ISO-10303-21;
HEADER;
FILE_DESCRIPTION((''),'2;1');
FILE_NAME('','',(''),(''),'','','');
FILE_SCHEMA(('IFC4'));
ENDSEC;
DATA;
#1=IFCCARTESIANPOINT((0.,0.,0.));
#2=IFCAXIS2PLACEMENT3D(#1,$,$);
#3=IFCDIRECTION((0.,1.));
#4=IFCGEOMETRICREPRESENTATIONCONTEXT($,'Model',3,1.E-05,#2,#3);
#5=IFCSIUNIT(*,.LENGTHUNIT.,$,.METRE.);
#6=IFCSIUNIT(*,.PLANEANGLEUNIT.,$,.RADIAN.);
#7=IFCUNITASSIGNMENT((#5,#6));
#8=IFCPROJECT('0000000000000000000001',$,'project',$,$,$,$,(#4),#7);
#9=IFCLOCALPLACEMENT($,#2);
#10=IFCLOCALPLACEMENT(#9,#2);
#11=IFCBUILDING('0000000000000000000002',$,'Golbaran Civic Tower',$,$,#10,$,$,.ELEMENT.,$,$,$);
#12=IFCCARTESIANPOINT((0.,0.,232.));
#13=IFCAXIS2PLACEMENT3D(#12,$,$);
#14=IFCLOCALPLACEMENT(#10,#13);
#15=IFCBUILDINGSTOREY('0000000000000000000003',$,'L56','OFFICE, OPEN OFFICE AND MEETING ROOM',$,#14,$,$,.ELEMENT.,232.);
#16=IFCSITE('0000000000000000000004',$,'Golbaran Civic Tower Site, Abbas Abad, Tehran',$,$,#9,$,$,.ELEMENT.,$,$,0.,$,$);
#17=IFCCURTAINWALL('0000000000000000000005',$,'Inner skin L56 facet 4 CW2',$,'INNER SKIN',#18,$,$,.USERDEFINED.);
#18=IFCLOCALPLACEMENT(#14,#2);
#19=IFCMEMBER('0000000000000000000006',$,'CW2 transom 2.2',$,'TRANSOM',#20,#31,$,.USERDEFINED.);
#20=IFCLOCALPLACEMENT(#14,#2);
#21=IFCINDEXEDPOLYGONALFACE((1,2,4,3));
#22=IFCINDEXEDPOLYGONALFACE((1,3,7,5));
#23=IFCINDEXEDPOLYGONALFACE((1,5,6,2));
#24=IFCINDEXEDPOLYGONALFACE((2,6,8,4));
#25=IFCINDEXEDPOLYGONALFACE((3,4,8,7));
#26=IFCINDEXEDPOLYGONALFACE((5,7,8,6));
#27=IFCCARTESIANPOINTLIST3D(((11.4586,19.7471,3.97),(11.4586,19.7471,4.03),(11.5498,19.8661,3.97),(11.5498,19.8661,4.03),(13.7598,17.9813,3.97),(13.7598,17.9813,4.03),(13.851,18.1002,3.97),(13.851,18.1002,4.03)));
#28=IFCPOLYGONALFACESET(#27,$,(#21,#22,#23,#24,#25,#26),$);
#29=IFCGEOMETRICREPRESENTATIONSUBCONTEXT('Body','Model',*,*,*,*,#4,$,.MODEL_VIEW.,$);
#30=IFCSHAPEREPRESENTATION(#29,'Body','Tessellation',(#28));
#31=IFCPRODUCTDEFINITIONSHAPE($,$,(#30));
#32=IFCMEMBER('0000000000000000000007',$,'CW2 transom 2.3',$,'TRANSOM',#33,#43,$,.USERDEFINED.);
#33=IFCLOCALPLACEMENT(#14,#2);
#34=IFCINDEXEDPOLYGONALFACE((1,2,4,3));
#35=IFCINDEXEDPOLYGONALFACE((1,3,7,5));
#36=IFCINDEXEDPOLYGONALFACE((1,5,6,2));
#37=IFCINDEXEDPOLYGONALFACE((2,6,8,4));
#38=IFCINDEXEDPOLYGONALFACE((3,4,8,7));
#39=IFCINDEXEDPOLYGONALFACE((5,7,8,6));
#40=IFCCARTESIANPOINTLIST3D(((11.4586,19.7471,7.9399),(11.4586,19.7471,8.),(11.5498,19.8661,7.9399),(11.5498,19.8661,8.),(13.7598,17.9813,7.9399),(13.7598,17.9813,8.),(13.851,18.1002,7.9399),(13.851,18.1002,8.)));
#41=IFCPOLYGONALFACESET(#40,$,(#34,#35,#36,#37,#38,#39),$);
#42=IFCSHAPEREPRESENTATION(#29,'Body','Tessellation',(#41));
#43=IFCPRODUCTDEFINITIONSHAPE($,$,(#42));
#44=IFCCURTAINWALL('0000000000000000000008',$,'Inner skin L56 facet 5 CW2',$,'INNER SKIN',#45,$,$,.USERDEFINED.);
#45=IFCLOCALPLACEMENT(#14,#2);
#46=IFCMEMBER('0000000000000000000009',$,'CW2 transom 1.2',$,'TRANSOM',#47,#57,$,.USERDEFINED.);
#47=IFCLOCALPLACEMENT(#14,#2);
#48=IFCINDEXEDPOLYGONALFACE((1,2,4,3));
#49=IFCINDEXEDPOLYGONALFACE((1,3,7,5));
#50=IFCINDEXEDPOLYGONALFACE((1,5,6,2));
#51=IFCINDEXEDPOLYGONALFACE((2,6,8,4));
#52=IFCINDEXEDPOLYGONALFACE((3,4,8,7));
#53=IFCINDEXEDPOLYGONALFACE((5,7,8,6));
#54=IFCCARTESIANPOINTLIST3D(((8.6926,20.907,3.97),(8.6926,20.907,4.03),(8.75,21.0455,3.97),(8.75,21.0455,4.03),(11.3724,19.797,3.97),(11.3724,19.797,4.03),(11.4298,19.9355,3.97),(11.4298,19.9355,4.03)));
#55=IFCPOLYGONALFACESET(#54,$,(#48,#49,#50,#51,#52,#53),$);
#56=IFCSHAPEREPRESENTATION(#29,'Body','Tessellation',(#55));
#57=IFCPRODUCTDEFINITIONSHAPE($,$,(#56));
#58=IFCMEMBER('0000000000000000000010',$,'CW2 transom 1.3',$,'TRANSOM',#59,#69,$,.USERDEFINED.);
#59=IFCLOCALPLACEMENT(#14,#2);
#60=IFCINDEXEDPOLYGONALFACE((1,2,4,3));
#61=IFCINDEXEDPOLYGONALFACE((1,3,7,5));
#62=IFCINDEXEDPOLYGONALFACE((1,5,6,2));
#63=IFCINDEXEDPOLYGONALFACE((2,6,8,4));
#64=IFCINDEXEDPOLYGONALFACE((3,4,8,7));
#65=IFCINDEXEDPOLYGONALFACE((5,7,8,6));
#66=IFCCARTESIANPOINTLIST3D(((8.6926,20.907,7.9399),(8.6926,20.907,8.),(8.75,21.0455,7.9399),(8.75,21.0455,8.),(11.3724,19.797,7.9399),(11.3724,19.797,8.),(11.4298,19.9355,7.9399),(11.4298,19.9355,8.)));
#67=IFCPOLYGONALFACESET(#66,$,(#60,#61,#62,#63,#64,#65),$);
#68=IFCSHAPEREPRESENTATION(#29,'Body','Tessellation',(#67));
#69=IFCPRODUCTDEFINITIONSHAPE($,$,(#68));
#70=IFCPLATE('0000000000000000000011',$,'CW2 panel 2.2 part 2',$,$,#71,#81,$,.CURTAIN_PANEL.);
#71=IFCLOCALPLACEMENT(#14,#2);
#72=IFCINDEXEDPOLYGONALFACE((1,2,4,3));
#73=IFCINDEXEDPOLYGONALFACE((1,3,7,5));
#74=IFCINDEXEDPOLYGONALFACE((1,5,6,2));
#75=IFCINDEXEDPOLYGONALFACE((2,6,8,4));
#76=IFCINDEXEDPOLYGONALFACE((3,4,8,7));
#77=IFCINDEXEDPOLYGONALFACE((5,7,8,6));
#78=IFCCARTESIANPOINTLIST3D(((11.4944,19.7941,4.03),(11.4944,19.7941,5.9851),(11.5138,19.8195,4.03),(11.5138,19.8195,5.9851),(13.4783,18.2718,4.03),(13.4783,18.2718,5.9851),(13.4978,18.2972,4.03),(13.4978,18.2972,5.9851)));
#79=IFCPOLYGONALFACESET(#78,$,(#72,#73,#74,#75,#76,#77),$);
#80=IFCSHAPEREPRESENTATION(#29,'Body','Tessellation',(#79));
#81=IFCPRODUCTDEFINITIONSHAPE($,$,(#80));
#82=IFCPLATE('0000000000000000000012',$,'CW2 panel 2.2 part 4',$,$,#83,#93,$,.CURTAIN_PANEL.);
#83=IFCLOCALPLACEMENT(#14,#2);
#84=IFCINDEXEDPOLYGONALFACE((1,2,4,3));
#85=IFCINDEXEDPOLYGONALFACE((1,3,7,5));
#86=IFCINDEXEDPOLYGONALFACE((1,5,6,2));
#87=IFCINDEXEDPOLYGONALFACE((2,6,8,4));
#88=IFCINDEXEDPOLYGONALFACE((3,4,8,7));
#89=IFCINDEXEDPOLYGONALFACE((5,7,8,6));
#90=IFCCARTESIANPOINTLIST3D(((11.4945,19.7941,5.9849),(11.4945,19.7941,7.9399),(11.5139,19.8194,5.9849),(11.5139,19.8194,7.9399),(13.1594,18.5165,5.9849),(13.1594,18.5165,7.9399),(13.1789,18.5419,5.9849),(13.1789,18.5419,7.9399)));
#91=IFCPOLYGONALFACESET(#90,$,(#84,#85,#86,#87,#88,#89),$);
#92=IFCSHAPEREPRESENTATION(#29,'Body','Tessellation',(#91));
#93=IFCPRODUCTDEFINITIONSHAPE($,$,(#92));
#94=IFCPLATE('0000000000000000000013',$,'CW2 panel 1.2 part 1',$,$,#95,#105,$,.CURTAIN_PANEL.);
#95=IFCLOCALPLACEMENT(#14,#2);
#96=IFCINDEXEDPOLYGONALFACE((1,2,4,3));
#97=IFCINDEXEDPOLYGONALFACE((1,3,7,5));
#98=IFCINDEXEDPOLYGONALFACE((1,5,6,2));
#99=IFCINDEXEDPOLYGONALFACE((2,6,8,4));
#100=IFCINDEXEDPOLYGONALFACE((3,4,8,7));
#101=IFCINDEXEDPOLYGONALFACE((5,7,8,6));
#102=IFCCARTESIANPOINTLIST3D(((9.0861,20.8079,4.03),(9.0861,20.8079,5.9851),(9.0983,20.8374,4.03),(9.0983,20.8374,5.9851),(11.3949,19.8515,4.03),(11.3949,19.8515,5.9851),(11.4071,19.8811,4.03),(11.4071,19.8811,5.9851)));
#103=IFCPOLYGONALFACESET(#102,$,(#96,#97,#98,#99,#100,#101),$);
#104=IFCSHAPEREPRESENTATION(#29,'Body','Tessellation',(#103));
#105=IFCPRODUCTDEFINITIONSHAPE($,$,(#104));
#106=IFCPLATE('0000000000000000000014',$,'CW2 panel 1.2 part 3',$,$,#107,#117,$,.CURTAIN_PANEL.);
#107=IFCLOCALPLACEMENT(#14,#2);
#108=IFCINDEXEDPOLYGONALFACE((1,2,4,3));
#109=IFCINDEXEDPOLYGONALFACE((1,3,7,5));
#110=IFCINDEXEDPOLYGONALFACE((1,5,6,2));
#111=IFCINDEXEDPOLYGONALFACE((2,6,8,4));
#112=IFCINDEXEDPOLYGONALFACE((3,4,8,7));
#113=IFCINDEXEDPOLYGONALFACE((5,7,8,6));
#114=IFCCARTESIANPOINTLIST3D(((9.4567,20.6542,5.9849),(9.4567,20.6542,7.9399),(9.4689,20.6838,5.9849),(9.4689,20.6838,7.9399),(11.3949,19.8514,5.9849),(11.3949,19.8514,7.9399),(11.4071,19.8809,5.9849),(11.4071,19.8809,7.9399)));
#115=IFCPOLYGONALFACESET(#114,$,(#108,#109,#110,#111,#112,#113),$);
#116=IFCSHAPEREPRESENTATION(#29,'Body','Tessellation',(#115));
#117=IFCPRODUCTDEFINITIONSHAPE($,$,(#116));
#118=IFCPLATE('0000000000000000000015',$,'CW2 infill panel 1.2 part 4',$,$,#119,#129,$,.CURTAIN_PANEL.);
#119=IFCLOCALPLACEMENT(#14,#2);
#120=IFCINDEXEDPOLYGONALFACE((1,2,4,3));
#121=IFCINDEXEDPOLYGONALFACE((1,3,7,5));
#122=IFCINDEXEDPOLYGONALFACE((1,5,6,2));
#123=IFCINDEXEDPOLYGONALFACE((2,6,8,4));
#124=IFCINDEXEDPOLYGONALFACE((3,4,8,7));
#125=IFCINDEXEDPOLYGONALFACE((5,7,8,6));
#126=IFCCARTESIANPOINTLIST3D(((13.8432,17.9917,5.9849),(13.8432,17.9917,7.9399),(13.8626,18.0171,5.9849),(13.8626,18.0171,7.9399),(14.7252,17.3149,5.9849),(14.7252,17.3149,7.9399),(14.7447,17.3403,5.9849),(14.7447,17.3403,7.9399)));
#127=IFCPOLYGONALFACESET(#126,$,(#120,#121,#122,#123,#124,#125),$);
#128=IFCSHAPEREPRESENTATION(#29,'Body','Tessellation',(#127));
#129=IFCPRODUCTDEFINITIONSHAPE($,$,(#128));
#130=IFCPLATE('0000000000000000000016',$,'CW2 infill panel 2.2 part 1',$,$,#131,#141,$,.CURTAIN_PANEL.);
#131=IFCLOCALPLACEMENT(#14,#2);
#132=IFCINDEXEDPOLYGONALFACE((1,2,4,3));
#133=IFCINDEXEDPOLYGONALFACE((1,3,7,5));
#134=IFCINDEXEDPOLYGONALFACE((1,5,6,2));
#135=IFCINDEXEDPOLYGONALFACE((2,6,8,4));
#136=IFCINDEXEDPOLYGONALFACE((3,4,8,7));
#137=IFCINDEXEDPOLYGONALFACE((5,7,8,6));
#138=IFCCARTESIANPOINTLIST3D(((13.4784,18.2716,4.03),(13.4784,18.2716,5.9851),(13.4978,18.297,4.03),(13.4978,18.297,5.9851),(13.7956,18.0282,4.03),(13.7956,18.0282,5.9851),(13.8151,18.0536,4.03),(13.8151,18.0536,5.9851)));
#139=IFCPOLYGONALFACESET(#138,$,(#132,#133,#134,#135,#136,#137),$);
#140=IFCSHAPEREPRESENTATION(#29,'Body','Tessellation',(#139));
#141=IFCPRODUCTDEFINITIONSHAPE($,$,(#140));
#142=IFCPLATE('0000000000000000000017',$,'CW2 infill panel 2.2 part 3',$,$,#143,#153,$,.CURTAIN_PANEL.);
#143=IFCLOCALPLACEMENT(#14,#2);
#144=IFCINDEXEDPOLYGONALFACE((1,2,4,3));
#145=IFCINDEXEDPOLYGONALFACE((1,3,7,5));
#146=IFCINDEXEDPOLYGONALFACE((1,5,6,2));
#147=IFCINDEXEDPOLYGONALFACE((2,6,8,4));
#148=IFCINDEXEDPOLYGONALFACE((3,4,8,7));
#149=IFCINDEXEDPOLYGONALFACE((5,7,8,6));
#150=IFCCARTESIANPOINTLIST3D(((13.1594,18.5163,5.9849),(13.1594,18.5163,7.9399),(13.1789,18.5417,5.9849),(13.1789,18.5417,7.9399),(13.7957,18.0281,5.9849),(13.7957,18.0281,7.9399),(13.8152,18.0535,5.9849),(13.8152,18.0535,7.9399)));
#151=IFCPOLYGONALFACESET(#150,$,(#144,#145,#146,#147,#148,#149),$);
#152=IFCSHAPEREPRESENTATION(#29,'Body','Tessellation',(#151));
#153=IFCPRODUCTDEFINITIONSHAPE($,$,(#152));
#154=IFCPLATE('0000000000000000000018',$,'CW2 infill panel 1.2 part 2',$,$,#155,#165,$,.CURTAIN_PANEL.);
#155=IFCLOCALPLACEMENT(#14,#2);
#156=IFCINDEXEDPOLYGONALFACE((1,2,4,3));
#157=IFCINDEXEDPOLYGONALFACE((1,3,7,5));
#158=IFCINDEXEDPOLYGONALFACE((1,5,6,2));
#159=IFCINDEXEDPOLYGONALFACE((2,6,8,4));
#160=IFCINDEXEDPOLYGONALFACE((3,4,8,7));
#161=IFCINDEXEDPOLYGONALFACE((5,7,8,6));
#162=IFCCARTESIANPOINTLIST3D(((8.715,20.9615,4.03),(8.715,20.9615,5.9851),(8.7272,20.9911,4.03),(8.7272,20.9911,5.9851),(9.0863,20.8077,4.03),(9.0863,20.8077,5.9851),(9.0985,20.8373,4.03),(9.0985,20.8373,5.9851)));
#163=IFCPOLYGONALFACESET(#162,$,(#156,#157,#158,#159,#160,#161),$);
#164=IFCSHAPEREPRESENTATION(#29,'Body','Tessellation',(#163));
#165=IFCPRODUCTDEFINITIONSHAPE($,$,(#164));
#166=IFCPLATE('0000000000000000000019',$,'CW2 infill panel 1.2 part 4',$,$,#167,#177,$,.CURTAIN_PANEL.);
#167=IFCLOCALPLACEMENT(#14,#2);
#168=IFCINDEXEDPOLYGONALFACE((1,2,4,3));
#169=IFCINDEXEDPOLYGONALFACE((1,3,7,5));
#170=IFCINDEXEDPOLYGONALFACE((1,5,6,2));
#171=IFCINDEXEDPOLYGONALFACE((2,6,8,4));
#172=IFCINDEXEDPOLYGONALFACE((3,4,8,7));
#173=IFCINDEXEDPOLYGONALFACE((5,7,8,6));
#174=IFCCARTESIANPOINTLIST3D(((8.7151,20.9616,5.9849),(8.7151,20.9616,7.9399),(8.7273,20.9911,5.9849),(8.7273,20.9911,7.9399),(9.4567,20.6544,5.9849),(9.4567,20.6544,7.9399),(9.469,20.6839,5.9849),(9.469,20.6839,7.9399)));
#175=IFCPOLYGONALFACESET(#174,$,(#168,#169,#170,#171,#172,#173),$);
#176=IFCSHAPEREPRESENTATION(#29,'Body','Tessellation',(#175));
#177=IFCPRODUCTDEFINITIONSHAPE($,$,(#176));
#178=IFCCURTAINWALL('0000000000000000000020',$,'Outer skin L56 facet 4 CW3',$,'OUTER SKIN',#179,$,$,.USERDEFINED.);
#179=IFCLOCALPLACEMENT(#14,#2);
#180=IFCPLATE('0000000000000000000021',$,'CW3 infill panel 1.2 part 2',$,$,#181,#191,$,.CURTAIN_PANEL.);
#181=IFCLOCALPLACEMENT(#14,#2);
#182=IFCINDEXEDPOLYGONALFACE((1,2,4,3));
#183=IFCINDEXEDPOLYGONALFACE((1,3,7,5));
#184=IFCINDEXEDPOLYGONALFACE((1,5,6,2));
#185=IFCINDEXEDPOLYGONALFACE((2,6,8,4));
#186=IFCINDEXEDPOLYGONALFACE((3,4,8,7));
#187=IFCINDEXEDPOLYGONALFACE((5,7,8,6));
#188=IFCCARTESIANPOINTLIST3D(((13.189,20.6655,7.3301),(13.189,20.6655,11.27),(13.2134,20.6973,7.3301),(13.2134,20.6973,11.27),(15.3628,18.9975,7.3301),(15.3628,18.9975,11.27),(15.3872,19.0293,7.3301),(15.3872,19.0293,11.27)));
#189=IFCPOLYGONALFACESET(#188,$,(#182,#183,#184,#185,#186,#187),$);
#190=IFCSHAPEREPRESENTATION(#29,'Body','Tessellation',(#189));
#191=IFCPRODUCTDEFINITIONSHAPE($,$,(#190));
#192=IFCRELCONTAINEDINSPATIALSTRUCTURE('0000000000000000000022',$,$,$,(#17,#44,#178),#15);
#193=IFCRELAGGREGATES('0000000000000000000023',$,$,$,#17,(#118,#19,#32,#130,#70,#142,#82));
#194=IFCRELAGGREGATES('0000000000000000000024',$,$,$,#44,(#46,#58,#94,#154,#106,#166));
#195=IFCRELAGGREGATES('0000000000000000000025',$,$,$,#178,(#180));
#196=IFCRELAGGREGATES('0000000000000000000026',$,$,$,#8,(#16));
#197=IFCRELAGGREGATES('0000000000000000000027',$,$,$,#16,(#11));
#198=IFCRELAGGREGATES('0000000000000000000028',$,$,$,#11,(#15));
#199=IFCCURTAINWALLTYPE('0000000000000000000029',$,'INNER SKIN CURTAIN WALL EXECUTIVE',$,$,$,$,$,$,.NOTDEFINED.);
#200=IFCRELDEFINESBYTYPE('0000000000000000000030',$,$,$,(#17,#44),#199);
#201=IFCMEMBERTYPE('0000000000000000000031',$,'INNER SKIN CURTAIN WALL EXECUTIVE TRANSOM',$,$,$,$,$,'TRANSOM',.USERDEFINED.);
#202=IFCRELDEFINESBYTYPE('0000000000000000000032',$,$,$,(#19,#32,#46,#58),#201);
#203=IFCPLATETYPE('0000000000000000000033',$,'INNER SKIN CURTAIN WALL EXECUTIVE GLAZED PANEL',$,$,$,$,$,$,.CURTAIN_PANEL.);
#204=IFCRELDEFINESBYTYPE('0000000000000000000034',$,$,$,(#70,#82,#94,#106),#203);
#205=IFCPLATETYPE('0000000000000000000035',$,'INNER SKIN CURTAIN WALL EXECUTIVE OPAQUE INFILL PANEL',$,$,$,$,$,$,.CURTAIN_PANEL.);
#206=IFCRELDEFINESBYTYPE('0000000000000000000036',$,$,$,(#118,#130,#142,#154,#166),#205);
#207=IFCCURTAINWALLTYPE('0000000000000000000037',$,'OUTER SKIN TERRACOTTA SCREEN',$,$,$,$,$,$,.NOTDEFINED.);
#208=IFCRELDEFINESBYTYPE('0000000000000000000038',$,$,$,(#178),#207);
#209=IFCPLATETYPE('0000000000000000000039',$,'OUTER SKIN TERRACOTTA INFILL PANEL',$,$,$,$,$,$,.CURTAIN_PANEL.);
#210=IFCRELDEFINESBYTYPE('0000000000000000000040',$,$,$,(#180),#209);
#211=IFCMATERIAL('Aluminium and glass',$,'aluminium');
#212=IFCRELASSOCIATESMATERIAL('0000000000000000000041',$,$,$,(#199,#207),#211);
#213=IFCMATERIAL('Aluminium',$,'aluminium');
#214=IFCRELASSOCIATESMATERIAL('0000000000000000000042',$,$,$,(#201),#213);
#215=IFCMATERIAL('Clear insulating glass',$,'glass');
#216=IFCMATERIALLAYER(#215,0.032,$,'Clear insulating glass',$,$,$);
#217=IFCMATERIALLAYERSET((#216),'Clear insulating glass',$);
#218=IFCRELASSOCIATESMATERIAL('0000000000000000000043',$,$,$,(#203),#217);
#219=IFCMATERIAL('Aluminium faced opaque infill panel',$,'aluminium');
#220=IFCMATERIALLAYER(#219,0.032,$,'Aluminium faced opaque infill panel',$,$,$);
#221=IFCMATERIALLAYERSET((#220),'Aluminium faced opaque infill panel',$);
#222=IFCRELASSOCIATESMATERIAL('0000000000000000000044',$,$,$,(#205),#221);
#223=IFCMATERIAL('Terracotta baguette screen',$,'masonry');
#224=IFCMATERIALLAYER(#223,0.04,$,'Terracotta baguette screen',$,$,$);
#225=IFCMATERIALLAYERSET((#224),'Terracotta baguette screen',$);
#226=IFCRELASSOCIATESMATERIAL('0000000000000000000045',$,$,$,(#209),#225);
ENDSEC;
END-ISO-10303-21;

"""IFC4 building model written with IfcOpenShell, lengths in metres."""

from ifc_helpers import new_model, si_unit, direction, frame, origin, origin_2d, place, context, subcontext, project, spatial, rectangle, extrude, material, layer, layer_set, material_profile, profile_set, type_object, element, aggregate, save


model = new_model("IFC4")

# Units and contexts
model_context = context("Model", 3, precision=1e-05, world=origin(), true_north=direction((0.0, 1.0)))
body_context = subcontext(model_context, "Body", "Model", "MODEL_VIEW")
ifc_project = project(units=[si_unit("LENGTHUNIT", "METRE"), si_unit("PLANEANGLEUNIT", "RADIAN")], contexts=[model_context])

# Site, building, storey
site_placement = place(None, origin())
site = spatial("IfcSite", under=ifc_project, at=site_placement, Name="Golbaran Civic Tower Site, Abbas Abad, Tehran", CompositionType="ELEMENT", RefElevation=0.0)
building_placement = place(site_placement, origin())
building = spatial("IfcBuilding", under=site, at=building_placement, Name="Golbaran Civic Tower", CompositionType="ELEMENT")
storey_placement = place(building_placement, frame((0.0, 0.0, 232.0)))
storey = spatial("IfcBuildingStorey", under=building, at=storey_placement, Name="L56", Description="OFFICE, OPEN OFFICE AND MEETING ROOM", CompositionType="ELEMENT", Elevation=232.0)

# Curtain walls, members
ifc_material_1 = material(Name="Aluminium and glass", Category="aluminium")
curtain_wall_type_1 = type_object("IfcCurtainWallType", Name="INNER SKIN CURTAIN WALL EXECUTIVE", PredefinedType="NOTDEFINED", material=ifc_material_1)
curtain_wall_1_placement = place(storey_placement, origin())
curtain_wall_1 = element("IfcCurtainWall", 1, at=curtain_wall_1_placement, inside=storey, type_object=curtain_wall_type_1, Name="Inner skin L56 facet 4 CW2", ObjectType="INNER SKIN", PredefinedType="USERDEFINED")
ifc_material_2 = material(Name="Aluminium", Category="aluminium")
ifc_material_profile = material_profile(ifc_material_2, rectangle(XDim=0.1499, YDim=0.0601, at=origin_2d()), Name="INNER SKIN CURTAIN WALL EXECUTIVE TRANSOM")
ifc_profile_set = profile_set([ifc_material_profile], Name="Aluminium")
member_type = type_object("IfcMemberType", Name="INNER SKIN CURTAIN WALL EXECUTIVE TRANSOM", ElementType="TRANSOM", PredefinedType="USERDEFINED", material=ifc_profile_set)
member_1_placement = place(storey_placement, frame((13.8054, 18.0408, 4.0), z_axis=(-0.793346, 0.608771, 0.0), x_axis=(-0.608771, -0.793346, 0.0)))
member_1 = element("IfcMember", 2, at=member_1_placement, type_object=member_type, Name="CW2 transom 2.2", ObjectType="TRANSOM", PredefinedType="USERDEFINED", context=body_context, shape_type="SweptSolid", body=[
    extrude(rectangle(XDim=0.1499, YDim=0.0601, at=origin_2d()), origin(), (0.0, 0.0, 1.0), 2.9006),
])
member_2_placement = place(storey_placement, frame((13.8054, 18.0408, 7.97), z_axis=(-0.793346, 0.608771, 0.0), x_axis=(-0.608771, -0.793346, 0.0)))
member_2 = element("IfcMember", 3, at=member_2_placement, type_object=member_type, Name="CW2 transom 2.3", ObjectType="TRANSOM", PredefinedType="USERDEFINED", context=body_context, shape_type="SweptSolid", body=[
    extrude(rectangle(XDim=0.1499, YDim=0.0601, at=origin_2d()), origin(), (0.0, 0.0, 1.0), 2.9006),
])
curtain_wall_2_placement = place(storey_placement, origin())
curtain_wall_2 = element("IfcCurtainWall", 4, at=curtain_wall_2_placement, inside=storey, type_object=curtain_wall_type_1, Name="Inner skin L56 facet 5 CW2", ObjectType="INNER SKIN", PredefinedType="USERDEFINED")
member_3_placement = place(storey_placement, frame((11.4011, 19.8662, 4.0), z_axis=(-0.923874, 0.382696, 0.0), x_axis=(-0.382696, -0.923874, 0.0)))
member_3 = element("IfcMember", 5, at=member_3_placement, type_object=member_type, Name="CW2 transom 1.2", ObjectType="TRANSOM", PredefinedType="USERDEFINED", context=body_context, shape_type="SweptSolid", body=[
    extrude(rectangle(XDim=0.1499, YDim=0.0601, at=origin_2d()), origin(), (0.0, 0.0, 1.0), 2.9006),
])
member_4_placement = place(storey_placement, frame((11.4011, 19.8662, 7.97), z_axis=(-0.923874, 0.382696, 0.0), x_axis=(-0.382696, -0.923874, 0.0)))
member_4 = element("IfcMember", 6, at=member_4_placement, type_object=member_type, Name="CW2 transom 1.3", ObjectType="TRANSOM", PredefinedType="USERDEFINED", context=body_context, shape_type="SweptSolid", body=[
    extrude(rectangle(XDim=0.1499, YDim=0.0601, at=origin_2d()), origin(), (0.0, 0.0, 1.0), 2.9006),
])

# Plates
ifc_material_3 = material(Name="Clear insulating glass", Category="glass")
ifc_layer_1 = layer(ifc_material_3, 0.032, Name="Clear insulating glass")
ifc_layer_set_1 = layer_set([ifc_layer_1], Name="Clear insulating glass")
plate_type_1 = type_object("IfcPlateType", Name="INNER SKIN CURTAIN WALL EXECUTIVE GLAZED PANEL", PredefinedType="CURTAIN_PANEL", material=ifc_layer_set_1)
plate_1_placement = place(storey_placement, frame((12.4961, 19.0457, 4.03), z_axis=(0.0, 0.0, 1.0), x_axis=(-0.793353, 0.608761, 0.0)))
plate_1 = element("IfcPlate", 7, at=plate_1_placement, type_object=plate_type_1, Name="CW2 panel 2.2 part 2", PredefinedType="CURTAIN_PANEL", context=body_context, shape_type="SweptSolid", body=[
    extrude(rectangle(XDim=2.5007, YDim=0.032, at=origin_2d()), origin(), (0.0, 0.0, 1.0), 1.9551),
])
plate_2_placement = place(storey_placement, frame((12.3367, 19.168, 5.9849), z_axis=(0.0, 0.0, 1.0), x_axis=(-0.793353, 0.608761, 0.0)))
plate_2 = element("IfcPlate", 8, at=plate_2_placement, type_object=plate_type_1, Name="CW2 panel 2.2 part 4", PredefinedType="CURTAIN_PANEL", context=body_context, shape_type="SweptSolid", body=[
    extrude(rectangle(XDim=2.0986, YDim=0.032, at=origin_2d()), origin(), (0.0, 0.0, 1.0), 1.9551),
])
plate_3_placement = place(storey_placement, frame((10.2466, 20.3445, 4.03), z_axis=(0.0, 0.0, 1.0), x_axis=(-0.92388, 0.382683, 0.0)))
plate_3 = element("IfcPlate", 9, at=plate_3_placement, type_object=plate_type_1, Name="CW2 panel 1.2 part 1", PredefinedType="CURTAIN_PANEL", context=body_context, shape_type="SweptSolid", body=[
    extrude(rectangle(XDim=2.499, YDim=0.032, at=origin_2d()), origin(), (0.0, 0.0, 1.0), 1.9551),
])
plate_4_placement = place(storey_placement, frame((10.4319, 20.2676, 5.9849), z_axis=(0.0, 0.0, 1.0), x_axis=(-0.92388, 0.382683, 0.0)))
plate_4 = element("IfcPlate", 10, at=plate_4_placement, type_object=plate_type_1, Name="CW2 panel 1.2 part 3", PredefinedType="CURTAIN_PANEL", context=body_context, shape_type="SweptSolid", body=[
    extrude(rectangle(XDim=2.0979, YDim=0.032, at=origin_2d()), origin(), (0.0, 0.0, 1.0), 1.9551),
])
ifc_material_4 = material(Name="Aluminium faced opaque infill panel", Category="aluminium")
ifc_layer_2 = layer(ifc_material_4, 0.032, Name="Aluminium faced opaque infill panel")
ifc_layer_set_2 = layer_set([ifc_layer_2], Name="Aluminium faced opaque infill panel")
plate_type_2 = type_object("IfcPlateType", Name="INNER SKIN CURTAIN WALL EXECUTIVE OPAQUE INFILL PANEL", PredefinedType="CURTAIN_PANEL", material=ifc_layer_set_2)
plate_5_placement = place(storey_placement, frame((14.2939, 17.666, 5.9849), z_axis=(0.0, 0.0, 1.0), x_axis=(-0.793353, 0.608761, 0.0)))
plate_5 = element("IfcPlate", 11, at=plate_5_placement, type_object=plate_type_2, Name="CW2 infill panel 1.2 part 4", PredefinedType="CURTAIN_PANEL", context=body_context, shape_type="SweptSolid", body=[
    extrude(rectangle(XDim=1.1118, YDim=0.032, at=origin_2d()), origin(), (0.0, 0.0, 1.0), 1.9551),
])
plate_6_placement = place(storey_placement, frame((13.6467, 18.1626, 4.03), z_axis=(0.0, 0.0, 1.0), x_axis=(-0.793353, 0.608761, 0.0)))
plate_6 = element("IfcPlate", 12, at=plate_6_placement, type_object=plate_type_2, Name="CW2 infill panel 2.2 part 1", PredefinedType="CURTAIN_PANEL", context=body_context, shape_type="SweptSolid", body=[
    extrude(rectangle(XDim=0.3999, YDim=0.032, at=origin_2d()), origin(), (0.0, 0.0, 1.0), 1.9551),
])
plate_7_placement = place(storey_placement, frame((13.4873, 18.2849, 5.9849), z_axis=(0.0, 0.0, 1.0), x_axis=(-0.793353, 0.608761, 0.0)))
plate_7 = element("IfcPlate", 13, at=plate_7_placement, type_object=plate_type_2, Name="CW2 infill panel 2.2 part 3", PredefinedType="CURTAIN_PANEL", context=body_context, shape_type="SweptSolid", body=[
    extrude(rectangle(XDim=0.802, YDim=0.032, at=origin_2d()), origin(), (0.0, 0.0, 1.0), 1.9551),
])
aggregate(curtain_wall_1, [plate_5, member_1, member_2, plate_6, plate_1, plate_7, plate_2])
plate_8_placement = place(storey_placement, frame((8.9067, 20.8994, 4.03), z_axis=(0.0, 0.0, 1.0), x_axis=(-0.92388, 0.382683, 0.0)))
plate_8 = element("IfcPlate", 14, at=plate_8_placement, type_object=plate_type_2, Name="CW2 infill panel 1.2 part 2", PredefinedType="CURTAIN_PANEL", context=body_context, shape_type="SweptSolid", body=[
    extrude(rectangle(XDim=0.4019, YDim=0.032, at=origin_2d()), origin(), (0.0, 0.0, 1.0), 1.9551),
])
plate_9_placement = place(storey_placement, frame((9.092, 20.8228, 5.9849), z_axis=(0.0, 0.0, 1.0), x_axis=(-0.92388, 0.382683, 0.0)))
plate_9 = element("IfcPlate", 15, at=plate_9_placement, type_object=plate_type_2, Name="CW2 infill panel 1.2 part 4", PredefinedType="CURTAIN_PANEL", context=body_context, shape_type="SweptSolid", body=[
    extrude(rectangle(XDim=0.8027, YDim=0.032, at=origin_2d()), origin(), (0.0, 0.0, 1.0), 1.9551),
])
aggregate(curtain_wall_2, [member_3, member_4, plate_3, plate_8, plate_4, plate_9])

# Curtain wall, plate
curtain_wall_type_2 = type_object("IfcCurtainWallType", Name="OUTER SKIN TERRACOTTA SCREEN", PredefinedType="NOTDEFINED", material=ifc_material_1)
curtain_wall_3_placement = place(storey_placement, origin())
curtain_wall_3 = element("IfcCurtainWall", 16, at=curtain_wall_3_placement, inside=storey, type_object=curtain_wall_type_2, Name="Outer skin L56 facet 4 CW3", ObjectType="OUTER SKIN", PredefinedType="USERDEFINED")
ifc_material_5 = material(Name="Terracotta baguette screen", Category="masonry")
ifc_layer_3 = layer(ifc_material_5, 0.04, Name="Terracotta baguette screen")
ifc_layer_set_3 = layer_set([ifc_layer_3], Name="Terracotta baguette screen")
plate_type_3 = type_object("IfcPlateType", Name="OUTER SKIN TERRACOTTA INFILL PANEL", PredefinedType="CURTAIN_PANEL", material=ifc_layer_set_3)
plate_10_placement = place(storey_placement, frame((14.2881, 19.8474, 7.3301), z_axis=(0.0, 0.0, 1.0), x_axis=(-0.793353, 0.608761, 0.0)))
plate_10 = element("IfcPlate", 17, at=plate_10_placement, type_object=plate_type_3, Name="CW3 infill panel 1.2 part 2", PredefinedType="CURTAIN_PANEL", context=body_context, shape_type="SweptSolid", body=[
    extrude(rectangle(XDim=2.74, YDim=0.04, at=origin_2d()), origin(), (0.0, 0.0, 1.0), 3.9399),
])
aggregate(curtain_wall_3, [plate_10])

save(model, "model.ifc")
